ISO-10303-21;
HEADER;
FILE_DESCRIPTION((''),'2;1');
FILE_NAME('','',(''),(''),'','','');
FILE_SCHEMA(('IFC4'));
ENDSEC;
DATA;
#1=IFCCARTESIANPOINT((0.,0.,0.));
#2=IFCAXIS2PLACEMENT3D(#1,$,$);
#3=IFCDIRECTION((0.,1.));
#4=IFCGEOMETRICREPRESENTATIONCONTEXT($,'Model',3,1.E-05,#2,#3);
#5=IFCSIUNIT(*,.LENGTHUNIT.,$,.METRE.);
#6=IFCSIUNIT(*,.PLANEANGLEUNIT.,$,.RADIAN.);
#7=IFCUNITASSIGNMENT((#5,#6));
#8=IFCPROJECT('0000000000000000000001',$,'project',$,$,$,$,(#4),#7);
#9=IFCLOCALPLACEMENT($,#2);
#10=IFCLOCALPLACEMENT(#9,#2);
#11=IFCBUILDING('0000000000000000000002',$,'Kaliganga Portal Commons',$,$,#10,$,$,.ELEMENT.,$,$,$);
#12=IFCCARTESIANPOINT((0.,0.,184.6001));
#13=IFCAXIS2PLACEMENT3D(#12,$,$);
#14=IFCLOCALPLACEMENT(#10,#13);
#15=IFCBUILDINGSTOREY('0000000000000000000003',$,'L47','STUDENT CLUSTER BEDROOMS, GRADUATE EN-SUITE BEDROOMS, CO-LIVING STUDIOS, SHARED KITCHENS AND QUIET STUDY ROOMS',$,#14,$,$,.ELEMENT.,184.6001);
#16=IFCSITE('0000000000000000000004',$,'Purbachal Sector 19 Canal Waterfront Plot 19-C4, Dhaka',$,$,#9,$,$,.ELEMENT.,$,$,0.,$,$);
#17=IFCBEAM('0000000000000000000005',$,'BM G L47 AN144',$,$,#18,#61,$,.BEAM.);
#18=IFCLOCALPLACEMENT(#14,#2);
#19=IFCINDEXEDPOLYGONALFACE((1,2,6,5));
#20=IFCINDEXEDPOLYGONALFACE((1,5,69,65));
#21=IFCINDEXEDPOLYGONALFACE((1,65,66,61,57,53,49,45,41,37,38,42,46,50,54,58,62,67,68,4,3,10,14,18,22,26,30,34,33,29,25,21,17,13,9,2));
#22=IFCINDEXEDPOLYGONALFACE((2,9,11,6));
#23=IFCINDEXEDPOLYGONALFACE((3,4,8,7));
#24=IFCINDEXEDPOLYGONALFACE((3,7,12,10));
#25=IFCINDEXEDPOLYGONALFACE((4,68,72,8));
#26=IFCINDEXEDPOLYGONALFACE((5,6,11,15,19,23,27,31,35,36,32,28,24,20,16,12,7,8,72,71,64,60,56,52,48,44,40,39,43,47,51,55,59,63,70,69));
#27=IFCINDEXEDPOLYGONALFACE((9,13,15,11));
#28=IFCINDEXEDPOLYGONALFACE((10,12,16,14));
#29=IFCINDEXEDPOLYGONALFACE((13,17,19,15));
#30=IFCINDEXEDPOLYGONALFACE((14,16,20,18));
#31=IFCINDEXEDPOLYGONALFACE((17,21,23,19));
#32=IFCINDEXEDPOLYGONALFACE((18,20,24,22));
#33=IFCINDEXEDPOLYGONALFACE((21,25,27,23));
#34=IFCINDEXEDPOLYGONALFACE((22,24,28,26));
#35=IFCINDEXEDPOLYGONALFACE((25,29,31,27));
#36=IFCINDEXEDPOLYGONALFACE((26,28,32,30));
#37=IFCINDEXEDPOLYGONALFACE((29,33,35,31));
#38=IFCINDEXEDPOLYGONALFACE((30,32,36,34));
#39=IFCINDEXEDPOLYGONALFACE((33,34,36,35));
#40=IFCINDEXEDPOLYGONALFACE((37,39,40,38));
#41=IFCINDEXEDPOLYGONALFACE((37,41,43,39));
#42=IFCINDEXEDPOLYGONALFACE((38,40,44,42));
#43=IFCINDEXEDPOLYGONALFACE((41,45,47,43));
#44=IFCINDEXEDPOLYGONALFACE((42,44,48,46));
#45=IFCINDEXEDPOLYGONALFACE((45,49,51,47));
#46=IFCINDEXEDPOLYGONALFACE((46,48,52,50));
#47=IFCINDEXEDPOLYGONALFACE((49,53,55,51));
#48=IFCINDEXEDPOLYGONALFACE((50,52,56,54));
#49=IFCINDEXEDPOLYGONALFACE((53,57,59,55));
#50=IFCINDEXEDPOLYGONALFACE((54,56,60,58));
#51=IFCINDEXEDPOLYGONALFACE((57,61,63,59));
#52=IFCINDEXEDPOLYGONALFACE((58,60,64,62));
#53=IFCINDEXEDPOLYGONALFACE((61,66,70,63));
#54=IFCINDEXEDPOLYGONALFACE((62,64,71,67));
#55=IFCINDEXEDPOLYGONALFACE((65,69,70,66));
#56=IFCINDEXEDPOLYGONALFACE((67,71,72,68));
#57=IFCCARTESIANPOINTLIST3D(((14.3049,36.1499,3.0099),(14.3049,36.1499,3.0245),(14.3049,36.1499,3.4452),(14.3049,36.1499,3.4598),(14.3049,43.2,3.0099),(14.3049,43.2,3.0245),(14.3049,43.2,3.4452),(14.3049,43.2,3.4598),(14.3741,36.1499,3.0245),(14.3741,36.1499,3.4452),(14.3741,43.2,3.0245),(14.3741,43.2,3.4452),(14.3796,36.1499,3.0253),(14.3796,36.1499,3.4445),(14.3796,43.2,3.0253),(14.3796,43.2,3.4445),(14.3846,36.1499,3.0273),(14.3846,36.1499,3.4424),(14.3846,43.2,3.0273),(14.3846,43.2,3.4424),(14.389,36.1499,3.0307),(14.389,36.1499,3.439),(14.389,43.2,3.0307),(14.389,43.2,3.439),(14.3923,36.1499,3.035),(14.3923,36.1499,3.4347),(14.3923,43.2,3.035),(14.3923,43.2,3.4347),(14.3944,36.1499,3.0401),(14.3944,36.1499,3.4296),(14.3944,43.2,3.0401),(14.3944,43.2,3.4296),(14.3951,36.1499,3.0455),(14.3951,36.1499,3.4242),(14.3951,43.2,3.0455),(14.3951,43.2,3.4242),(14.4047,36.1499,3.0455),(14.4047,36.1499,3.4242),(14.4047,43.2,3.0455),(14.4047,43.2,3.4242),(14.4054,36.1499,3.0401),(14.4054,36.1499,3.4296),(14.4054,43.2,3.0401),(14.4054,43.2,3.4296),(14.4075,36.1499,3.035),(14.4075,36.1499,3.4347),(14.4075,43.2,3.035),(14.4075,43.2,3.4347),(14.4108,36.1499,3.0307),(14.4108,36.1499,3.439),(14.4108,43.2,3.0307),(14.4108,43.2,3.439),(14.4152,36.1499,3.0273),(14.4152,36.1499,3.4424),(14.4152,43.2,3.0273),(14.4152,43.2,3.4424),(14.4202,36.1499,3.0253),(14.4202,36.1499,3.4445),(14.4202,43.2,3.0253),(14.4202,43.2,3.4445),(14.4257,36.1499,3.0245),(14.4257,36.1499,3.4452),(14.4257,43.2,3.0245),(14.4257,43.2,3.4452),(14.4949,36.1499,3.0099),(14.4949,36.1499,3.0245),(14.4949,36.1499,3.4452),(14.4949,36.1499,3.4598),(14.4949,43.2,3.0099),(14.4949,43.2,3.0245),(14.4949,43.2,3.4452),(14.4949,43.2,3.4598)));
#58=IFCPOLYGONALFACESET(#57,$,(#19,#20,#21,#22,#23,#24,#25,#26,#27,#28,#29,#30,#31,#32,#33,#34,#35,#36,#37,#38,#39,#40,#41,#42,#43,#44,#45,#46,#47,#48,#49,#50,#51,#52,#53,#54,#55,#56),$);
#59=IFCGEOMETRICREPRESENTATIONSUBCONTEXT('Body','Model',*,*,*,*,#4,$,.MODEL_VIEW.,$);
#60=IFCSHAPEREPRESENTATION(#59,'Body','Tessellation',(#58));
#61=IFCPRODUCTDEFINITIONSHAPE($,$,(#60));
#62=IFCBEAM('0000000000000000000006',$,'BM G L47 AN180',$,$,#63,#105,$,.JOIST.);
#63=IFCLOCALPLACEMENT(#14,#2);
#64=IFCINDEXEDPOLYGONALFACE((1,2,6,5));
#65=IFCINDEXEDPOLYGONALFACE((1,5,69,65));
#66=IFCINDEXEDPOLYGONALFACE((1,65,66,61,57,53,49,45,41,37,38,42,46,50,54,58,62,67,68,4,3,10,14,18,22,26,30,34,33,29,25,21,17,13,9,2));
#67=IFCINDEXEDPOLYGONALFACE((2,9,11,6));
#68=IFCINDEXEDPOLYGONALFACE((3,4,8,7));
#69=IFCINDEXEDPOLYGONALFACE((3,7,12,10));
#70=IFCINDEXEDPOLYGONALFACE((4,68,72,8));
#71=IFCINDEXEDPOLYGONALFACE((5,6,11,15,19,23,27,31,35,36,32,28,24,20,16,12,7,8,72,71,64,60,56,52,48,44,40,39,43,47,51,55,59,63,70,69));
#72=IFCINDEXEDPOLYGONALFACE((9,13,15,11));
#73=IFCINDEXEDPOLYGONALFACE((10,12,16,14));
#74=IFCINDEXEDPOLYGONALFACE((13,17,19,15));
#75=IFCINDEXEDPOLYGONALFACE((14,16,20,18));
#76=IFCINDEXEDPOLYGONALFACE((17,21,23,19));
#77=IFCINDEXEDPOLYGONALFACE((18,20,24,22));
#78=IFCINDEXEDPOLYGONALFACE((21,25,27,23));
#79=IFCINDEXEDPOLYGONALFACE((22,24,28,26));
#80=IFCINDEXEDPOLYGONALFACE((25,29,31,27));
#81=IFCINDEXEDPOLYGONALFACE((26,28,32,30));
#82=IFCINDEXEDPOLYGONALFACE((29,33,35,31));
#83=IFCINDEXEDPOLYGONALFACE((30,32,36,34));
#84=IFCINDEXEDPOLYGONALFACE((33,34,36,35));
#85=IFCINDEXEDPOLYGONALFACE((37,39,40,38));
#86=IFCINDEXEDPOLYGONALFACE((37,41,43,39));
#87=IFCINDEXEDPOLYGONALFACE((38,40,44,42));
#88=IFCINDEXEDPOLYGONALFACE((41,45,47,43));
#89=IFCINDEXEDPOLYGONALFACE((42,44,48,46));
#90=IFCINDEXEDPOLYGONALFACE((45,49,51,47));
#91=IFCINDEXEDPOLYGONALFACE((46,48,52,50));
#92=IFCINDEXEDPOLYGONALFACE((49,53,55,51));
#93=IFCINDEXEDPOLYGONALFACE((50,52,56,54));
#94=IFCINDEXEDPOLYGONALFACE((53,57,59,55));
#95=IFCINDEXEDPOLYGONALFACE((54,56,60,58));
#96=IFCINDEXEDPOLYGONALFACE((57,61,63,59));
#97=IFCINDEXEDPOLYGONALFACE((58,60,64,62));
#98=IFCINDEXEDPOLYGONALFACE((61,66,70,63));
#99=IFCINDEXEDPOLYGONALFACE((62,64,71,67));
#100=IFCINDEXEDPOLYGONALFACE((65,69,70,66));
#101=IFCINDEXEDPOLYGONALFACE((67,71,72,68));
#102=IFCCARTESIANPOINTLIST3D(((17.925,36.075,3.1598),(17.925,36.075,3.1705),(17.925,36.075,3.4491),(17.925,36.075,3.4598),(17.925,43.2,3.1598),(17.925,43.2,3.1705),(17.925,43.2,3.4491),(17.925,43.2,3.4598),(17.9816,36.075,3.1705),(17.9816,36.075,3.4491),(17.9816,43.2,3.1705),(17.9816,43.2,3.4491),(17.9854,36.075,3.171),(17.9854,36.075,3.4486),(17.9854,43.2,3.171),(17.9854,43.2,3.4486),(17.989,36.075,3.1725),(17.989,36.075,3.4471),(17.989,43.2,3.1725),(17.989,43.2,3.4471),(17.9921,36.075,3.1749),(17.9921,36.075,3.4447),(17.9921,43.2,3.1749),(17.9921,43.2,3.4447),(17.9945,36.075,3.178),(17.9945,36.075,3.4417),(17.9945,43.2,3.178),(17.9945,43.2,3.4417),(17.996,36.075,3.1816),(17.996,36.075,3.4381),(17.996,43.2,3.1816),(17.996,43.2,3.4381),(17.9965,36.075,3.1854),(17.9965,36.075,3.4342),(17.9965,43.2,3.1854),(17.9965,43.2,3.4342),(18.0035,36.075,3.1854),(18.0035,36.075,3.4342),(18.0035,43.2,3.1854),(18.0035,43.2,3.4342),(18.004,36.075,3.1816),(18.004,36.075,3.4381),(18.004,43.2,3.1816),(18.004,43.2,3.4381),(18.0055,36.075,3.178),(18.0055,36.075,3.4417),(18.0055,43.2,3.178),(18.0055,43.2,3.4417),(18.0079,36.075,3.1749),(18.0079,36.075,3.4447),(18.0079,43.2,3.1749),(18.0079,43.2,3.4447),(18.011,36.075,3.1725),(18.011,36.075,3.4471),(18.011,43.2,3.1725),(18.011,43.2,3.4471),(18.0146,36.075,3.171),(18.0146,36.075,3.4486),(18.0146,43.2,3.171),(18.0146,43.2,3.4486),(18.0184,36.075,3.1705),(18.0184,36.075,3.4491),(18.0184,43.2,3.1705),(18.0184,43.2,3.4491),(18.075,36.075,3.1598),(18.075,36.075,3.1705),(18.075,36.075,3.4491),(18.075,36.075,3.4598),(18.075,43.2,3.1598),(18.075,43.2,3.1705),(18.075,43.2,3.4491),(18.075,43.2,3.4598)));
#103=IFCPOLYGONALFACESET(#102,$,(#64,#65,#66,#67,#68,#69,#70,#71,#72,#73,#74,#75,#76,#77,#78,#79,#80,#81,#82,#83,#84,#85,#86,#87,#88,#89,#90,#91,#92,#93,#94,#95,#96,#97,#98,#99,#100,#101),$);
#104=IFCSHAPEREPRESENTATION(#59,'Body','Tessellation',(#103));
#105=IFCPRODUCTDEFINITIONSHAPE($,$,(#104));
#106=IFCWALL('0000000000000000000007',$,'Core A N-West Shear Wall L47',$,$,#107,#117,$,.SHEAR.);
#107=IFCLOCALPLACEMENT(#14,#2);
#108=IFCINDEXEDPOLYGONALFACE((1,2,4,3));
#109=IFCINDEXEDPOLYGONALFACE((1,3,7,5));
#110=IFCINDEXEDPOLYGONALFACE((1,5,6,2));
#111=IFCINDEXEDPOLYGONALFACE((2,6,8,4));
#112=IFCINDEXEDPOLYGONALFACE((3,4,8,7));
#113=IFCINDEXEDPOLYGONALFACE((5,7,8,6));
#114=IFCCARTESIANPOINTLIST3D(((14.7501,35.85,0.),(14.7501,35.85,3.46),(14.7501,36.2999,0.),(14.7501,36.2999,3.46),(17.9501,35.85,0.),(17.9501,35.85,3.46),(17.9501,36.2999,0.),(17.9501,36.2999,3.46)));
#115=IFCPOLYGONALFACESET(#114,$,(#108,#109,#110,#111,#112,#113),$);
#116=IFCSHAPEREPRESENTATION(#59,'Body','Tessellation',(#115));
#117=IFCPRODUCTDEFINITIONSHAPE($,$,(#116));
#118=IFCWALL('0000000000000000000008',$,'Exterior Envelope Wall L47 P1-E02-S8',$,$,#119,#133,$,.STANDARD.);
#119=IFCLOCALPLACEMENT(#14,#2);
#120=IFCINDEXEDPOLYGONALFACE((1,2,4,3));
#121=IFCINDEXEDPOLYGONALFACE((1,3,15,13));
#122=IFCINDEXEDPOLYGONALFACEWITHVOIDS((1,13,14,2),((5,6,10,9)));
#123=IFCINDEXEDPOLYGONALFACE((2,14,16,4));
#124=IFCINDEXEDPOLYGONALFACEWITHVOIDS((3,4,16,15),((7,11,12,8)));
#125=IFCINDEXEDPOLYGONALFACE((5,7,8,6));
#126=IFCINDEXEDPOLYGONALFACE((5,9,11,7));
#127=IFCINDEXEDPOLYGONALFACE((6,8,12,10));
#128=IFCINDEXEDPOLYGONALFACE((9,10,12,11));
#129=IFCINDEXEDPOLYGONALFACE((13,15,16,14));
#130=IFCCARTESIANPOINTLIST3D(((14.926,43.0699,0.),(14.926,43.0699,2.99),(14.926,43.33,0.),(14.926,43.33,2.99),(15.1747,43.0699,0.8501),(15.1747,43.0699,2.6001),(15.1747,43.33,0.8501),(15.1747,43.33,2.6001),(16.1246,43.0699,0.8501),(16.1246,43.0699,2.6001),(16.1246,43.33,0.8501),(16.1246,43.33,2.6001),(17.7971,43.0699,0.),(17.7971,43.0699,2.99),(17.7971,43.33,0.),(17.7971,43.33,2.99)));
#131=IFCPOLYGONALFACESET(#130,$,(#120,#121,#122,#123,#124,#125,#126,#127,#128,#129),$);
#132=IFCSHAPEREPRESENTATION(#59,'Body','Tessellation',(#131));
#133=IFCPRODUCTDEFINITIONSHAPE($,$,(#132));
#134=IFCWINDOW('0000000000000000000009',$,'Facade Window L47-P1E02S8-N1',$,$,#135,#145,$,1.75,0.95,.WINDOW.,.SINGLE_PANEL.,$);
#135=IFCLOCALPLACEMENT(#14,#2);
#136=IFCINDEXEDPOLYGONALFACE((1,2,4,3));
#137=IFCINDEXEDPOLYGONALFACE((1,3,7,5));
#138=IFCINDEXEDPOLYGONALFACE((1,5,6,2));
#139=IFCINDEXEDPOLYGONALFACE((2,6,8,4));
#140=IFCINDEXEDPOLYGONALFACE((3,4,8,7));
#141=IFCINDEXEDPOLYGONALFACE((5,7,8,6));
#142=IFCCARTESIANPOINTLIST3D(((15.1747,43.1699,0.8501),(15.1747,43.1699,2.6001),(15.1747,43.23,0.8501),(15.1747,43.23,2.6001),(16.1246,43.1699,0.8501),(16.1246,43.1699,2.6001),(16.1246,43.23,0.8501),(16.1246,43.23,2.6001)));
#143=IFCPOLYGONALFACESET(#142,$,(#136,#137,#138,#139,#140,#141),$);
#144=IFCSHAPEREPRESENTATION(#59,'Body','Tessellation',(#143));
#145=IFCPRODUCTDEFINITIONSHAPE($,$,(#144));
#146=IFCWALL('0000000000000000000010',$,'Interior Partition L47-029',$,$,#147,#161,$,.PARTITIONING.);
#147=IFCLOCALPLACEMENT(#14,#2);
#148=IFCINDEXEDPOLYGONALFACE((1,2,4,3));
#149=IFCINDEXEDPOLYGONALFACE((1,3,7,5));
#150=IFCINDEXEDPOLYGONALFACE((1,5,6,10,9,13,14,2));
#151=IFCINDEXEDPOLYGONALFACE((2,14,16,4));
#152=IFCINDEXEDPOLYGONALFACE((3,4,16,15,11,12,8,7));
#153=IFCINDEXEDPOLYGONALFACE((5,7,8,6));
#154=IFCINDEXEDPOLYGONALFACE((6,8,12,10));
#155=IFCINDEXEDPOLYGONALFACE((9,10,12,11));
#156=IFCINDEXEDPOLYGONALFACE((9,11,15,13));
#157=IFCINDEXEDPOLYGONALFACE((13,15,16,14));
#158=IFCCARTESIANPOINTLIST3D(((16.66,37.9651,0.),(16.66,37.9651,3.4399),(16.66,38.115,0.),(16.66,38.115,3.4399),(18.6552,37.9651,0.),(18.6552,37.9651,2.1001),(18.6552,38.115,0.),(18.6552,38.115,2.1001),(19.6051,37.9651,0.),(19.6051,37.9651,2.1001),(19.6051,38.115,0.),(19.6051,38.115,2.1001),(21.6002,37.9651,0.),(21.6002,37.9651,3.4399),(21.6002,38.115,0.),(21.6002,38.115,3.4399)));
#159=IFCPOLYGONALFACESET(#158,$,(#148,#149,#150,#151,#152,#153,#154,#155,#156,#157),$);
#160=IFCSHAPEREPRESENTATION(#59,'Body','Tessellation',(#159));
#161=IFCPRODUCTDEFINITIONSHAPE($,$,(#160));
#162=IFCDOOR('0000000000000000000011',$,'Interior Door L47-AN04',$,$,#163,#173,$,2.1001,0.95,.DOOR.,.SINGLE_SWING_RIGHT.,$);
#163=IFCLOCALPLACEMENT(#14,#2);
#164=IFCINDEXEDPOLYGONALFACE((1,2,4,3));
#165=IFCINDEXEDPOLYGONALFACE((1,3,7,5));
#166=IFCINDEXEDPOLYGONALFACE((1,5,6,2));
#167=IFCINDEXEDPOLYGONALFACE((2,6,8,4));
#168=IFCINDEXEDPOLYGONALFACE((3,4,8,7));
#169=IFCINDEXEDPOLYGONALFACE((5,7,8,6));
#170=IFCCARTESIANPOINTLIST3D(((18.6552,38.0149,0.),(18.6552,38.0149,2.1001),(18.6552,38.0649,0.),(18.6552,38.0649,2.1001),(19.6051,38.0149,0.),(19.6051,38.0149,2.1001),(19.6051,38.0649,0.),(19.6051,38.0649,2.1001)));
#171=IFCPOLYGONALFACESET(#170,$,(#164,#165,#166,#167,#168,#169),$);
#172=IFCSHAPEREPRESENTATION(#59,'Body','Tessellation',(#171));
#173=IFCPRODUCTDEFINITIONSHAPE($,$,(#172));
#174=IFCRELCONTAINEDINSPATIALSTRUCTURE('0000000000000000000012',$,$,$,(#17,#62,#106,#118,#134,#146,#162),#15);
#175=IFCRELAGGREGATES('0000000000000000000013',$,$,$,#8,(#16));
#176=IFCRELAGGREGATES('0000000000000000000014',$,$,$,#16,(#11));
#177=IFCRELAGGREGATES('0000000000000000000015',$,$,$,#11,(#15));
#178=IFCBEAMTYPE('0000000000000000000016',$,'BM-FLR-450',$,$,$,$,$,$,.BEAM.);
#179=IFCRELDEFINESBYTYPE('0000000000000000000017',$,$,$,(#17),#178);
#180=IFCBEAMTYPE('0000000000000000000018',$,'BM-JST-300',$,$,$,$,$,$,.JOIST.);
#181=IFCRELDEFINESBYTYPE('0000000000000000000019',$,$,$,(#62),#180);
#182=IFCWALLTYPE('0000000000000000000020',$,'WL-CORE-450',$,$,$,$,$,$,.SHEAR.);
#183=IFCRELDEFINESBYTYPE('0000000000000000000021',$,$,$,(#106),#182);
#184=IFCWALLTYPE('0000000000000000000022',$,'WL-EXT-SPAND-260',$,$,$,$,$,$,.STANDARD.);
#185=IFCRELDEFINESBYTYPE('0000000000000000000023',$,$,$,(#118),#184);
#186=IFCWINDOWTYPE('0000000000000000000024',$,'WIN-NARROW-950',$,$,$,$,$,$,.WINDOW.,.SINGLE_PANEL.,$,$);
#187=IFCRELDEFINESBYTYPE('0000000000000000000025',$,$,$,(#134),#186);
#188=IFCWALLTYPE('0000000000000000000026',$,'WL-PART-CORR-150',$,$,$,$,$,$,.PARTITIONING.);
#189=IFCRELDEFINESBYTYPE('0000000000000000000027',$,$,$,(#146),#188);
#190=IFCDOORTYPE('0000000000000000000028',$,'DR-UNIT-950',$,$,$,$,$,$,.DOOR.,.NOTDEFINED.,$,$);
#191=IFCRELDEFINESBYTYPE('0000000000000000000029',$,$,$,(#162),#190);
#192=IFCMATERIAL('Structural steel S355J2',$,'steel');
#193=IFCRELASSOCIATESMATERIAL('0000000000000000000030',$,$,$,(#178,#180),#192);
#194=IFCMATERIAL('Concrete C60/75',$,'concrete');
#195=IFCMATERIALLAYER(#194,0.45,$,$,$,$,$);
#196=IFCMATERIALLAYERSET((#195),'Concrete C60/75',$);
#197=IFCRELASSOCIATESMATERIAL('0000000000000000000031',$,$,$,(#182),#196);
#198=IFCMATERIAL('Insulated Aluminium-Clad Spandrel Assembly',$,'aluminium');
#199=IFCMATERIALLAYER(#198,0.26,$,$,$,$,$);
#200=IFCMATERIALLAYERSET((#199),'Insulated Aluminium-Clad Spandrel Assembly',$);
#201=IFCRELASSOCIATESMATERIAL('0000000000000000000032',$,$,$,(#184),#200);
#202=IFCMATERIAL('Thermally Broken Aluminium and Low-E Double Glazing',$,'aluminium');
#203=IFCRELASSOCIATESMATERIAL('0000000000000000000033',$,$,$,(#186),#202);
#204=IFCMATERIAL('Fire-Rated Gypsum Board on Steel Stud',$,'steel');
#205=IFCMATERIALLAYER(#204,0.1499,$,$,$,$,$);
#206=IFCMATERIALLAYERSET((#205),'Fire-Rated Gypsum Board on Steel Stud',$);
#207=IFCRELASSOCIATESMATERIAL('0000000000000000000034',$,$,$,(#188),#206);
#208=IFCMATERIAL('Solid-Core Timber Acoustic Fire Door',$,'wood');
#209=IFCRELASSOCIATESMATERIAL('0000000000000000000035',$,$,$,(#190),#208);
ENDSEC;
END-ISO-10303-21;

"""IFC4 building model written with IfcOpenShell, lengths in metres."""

from ifc_helpers import new_model, si_unit, direction, frame, frame_2d, origin, origin_2d, place, context, subcontext, project, spatial, rectangle, i_section, extrude, source, transform, mapped, material, layer, layer_set, material_profile, profile_set, type_object, element, fill, save


model = new_model("IFC4")

# Units and contexts
model_context = context("Model", 3, precision=1e-05, world=origin(), true_north=direction((0.0, 1.0)))
body_context = subcontext(model_context, "Body", "Model", "MODEL_VIEW")
ifc_project = project(units=[si_unit("LENGTHUNIT", "METRE"), si_unit("PLANEANGLEUNIT", "RADIAN")], contexts=[model_context])

# Site, building, storey
site_placement = place(None, origin())
site = spatial("IfcSite", under=ifc_project, at=site_placement, Name="Purbachal Sector 19 Canal Waterfront Plot 19-C4, Dhaka", CompositionType="ELEMENT", RefElevation=0.0)
building_placement = place(site_placement, origin())
building = spatial("IfcBuilding", under=site, at=building_placement, Name="Kaliganga Portal Commons", CompositionType="ELEMENT")
storey_placement = place(building_placement, frame((0.0, 0.0, 184.6001)))
storey = spatial("IfcBuildingStorey", under=building, at=storey_placement, Name="L47", Description="STUDENT CLUSTER BEDROOMS, GRADUATE EN-SUITE BEDROOMS, CO-LIVING STUDIOS, SHARED KITCHENS AND QUIET STUDY ROOMS", CompositionType="ELEMENT", Elevation=184.6001)

# Shared definitions
ifc_material_1 = material(Name="Concrete C60/75", Category="concrete")

# Beams
ifc_material_2 = material(Name="Structural steel S355J2", Category="steel")
ifc_material_profile_1 = material_profile(ifc_material_2, i_section(OverallWidth=0.1899, OverallDepth=0.45, WebThickness=0.0095, FlangeThickness=0.0146, FilletRadius=0.021, at=origin_2d()), Name="IPE 450")
ifc_profile_set_1 = profile_set([ifc_material_profile_1], Name="Structural steel S355J2 wide-flange")
beam_type_1 = type_object("IfcBeamType", Name="BM-FLR-450", PredefinedType="BEAM", material=ifc_profile_set_1)
shared_shape_1 = source(origin(), body_context, "Body", "SweptSolid", [
    extrude(i_section(OverallWidth=0.1899, OverallDepth=0.45, WebThickness=0.0095, FlangeThickness=0.0146, FilletRadius=0.021, at=origin_2d()), origin(), (0.0, 0.0, 1.0), 7.05),
])
beam_1_placement = place(storey_placement, frame((14.3999, 36.1499, 3.2349), z_axis=(0.0, 1.0, 0.0), x_axis=(-1.0, 0.0, 0.0)))
element("IfcBeam", 1, at=beam_1_placement, inside=storey, type_object=beam_type_1, Name="BM G L47 AN144", PredefinedType="BEAM", context=body_context, shape_type="MappedRepresentation", body=[
    mapped(shared_shape_1, transform((0.0, 0.0, 0.0), x_axis=(1.0, 0.0, 0.0), y_axis=(0.0, 1.0, 0.0), z_axis=(0.0, 0.0, 1.0), scale=1.0)),
])
ifc_material_profile_2 = material_profile(ifc_material_2, i_section(OverallWidth=0.1499, OverallDepth=0.3, WebThickness=0.0071, FlangeThickness=0.0107, FilletRadius=0.0149, at=origin_2d()), Name="IPE 300")
ifc_profile_set_2 = profile_set([ifc_material_profile_2], Name="Structural steel S355J2 wide-flange")
beam_type_2 = type_object("IfcBeamType", Name="BM-JST-300", PredefinedType="JOIST", material=ifc_profile_set_2)
shared_shape_2 = source(origin(), body_context, "Body", "SweptSolid", [
    extrude(i_section(OverallWidth=0.1499, OverallDepth=0.3, WebThickness=0.0071, FlangeThickness=0.0107, FilletRadius=0.0149, at=origin_2d()), origin(), (0.0, 0.0, 1.0), 7.125),
])
beam_2_placement = place(storey_placement, frame((18.0, 36.075, 3.3098), z_axis=(0.0, 1.0, 0.0), x_axis=(-1.0, 0.0, 0.0)))
element("IfcBeam", 2, at=beam_2_placement, inside=storey, type_object=beam_type_2, Name="BM G L47 AN180", PredefinedType="JOIST", context=body_context, shape_type="MappedRepresentation", body=[
    mapped(shared_shape_2, transform((0.0, 0.0, 0.0), x_axis=(1.0, 0.0, 0.0), y_axis=(0.0, 1.0, 0.0), z_axis=(0.0, 0.0, 1.0), scale=1.0)),
])

# Wall
ifc_layer_1 = layer(ifc_material_1, 0.45)
ifc_layer_set_1 = layer_set([ifc_layer_1], Name="Concrete C60/75")
wall_type_1 = type_object("IfcWallType", Name="WL-CORE-450", PredefinedType="SHEAR", material=ifc_layer_set_1)
wall_1_placement = place(storey_placement, frame((14.75, 36.075, 0.0), z_axis=(0.0, 0.0, 1.0), x_axis=(1.0, 0.0, 0.0)))
element("IfcWall", 3, at=wall_1_placement, inside=storey, type_object=wall_type_1, Name="Core A N-West Shear Wall L47", PredefinedType="SHEAR", context=body_context, shape_type="SweptSolid", body=[
    extrude(rectangle(XDim=3.2, YDim=0.45, at=frame_2d((1.6001, 0.0))), origin(), (0.0, 0.0, 1.0), 3.46),
])

# Wall, opening, window
ifc_material_3 = material(Name="Insulated Aluminium-Clad Spandrel Assembly", Category="aluminium")
ifc_layer_2 = layer(ifc_material_3, 0.26)
ifc_layer_set_2 = layer_set([ifc_layer_2], Name="Insulated Aluminium-Clad Spandrel Assembly")
wall_type_2 = type_object("IfcWallType", Name="WL-EXT-SPAND-260", PredefinedType="STANDARD", material=ifc_layer_set_2)
wall_2_placement = place(storey_placement, frame((14.926, 43.2, 0.0), z_axis=(0.0, 0.0, 1.0), x_axis=(1.0, 0.0, 0.0)))
wall_2 = element("IfcWall", 4, at=wall_2_placement, inside=storey, type_object=wall_type_2, Name="Exterior Envelope Wall L47 P1-E02-S8", PredefinedType="STANDARD", context=body_context, shape_type="SweptSolid", body=[
    extrude(rectangle(XDim=2.8711, YDim=0.26, at=frame_2d((1.4355, 0.0))), origin(), (0.0, 0.0, 1.0), 2.99),
])
opening_1_placement = place(wall_2_placement, frame((0.2485, 0.0, 0.8501)))
opening_1 = element("IfcOpeningElement", 5, at=opening_1_placement, cuts=wall_2, PredefinedType="OPENING", context=body_context, shape_type="SweptSolid", body=[
    extrude(rectangle(XDim=0.95, YDim=1.75, at=frame_2d((0.4751, 0.875))), frame((0.0, 0.1401, 0.0), z_axis=(0.0, -1.0, 0.0), x_axis=(1.0, 0.0, 0.0)), (0.0, 0.0, 1.0), 0.28),
])
ifc_material_4 = material(Name="Thermally Broken Aluminium and Low-E Double Glazing", Category="aluminium")
window_type = type_object("IfcWindowType", Name="WIN-NARROW-950", PartitioningType="SINGLE_PANEL", PredefinedType="WINDOW", material=ifc_material_4)
window_placement = place(opening_1_placement, origin())
window = element("IfcWindow", 6, at=window_placement, inside=storey, type_object=window_type, Name="Facade Window L47-P1E02S8-N1", OverallHeight=1.75, OverallWidth=0.95, PartitioningType="SINGLE_PANEL", PredefinedType="WINDOW", context=body_context, shape_type="SweptSolid", body=[
    extrude(rectangle(XDim=0.95, YDim=1.75, at=frame_2d((0.4751, 0.875))), frame((0.0, 0.03, 0.0), z_axis=(0.0, -1.0, 0.0), x_axis=(1.0, 0.0, 0.0)), (0.0, 0.0, 1.0), 0.0601),
])
fill(opening_1, window)

# Wall, opening, door
ifc_material_5 = material(Name="Fire-Rated Gypsum Board on Steel Stud", Category="steel")
ifc_layer_3 = layer(ifc_material_5, 0.1499)
ifc_layer_set_3 = layer_set([ifc_layer_3], Name="Fire-Rated Gypsum Board on Steel Stud")
wall_type_3 = type_object("IfcWallType", Name="WL-PART-CORR-150", PredefinedType="PARTITIONING", material=ifc_layer_set_3)
wall_3_placement = place(storey_placement, frame((16.6599, 38.04, 0.0), z_axis=(0.0, 0.0, 1.0), x_axis=(1.0, 0.0, 0.0)))
wall_3 = element("IfcWall", 7, at=wall_3_placement, inside=storey, type_object=wall_type_3, Name="Interior Partition L47-029", PredefinedType="PARTITIONING", context=body_context, shape_type="SweptSolid", body=[
    extrude(rectangle(XDim=4.9402, YDim=0.1499, at=frame_2d((2.4702, 0.0))), origin(), (0.0, 0.0, 1.0), 3.4399),
])
opening_2_placement = place(wall_3_placement, frame((1.9951, 0.0, 0.0)))
opening_2 = element("IfcOpeningElement", 8, at=opening_2_placement, cuts=wall_3, PredefinedType="OPENING", context=body_context, shape_type="SweptSolid", body=[
    extrude(rectangle(XDim=0.95, YDim=2.1001, at=frame_2d((0.4751, 1.05))), frame((0.0, 0.085, 0.0), z_axis=(0.0, -1.0, 0.0), x_axis=(1.0, 0.0, 0.0)), (0.0, 0.0, 1.0), 0.1699),
])
ifc_material_6 = material(Name="Solid-Core Timber Acoustic Fire Door", Category="wood")
door_type_1 = type_object("IfcDoorType", Name="DR-UNIT-950", OperationType="NOTDEFINED", PredefinedType="DOOR", material=ifc_material_6)
door_1_placement = place(opening_2_placement, origin())
door_1 = element("IfcDoor", 9, at=door_1_placement, inside=storey, type_object=door_type_1, Name="Interior Door L47-AN04", OperationType="SINGLE_SWING_RIGHT", OverallHeight=2.1001, OverallWidth=0.95, PredefinedType="DOOR", context=body_context, shape_type="SweptSolid", body=[
    extrude(rectangle(XDim=0.95, YDim=2.1001, at=frame_2d((0.4751, 1.05))), frame((0.0, 0.0249, 0.0), z_axis=(0.0, -1.0, 0.0), x_axis=(1.0, 0.0, 0.0)), (0.0, 0.0, 1.0), 0.05),
])
fill(opening_2, door_1)

save(model, "model.ifc")
